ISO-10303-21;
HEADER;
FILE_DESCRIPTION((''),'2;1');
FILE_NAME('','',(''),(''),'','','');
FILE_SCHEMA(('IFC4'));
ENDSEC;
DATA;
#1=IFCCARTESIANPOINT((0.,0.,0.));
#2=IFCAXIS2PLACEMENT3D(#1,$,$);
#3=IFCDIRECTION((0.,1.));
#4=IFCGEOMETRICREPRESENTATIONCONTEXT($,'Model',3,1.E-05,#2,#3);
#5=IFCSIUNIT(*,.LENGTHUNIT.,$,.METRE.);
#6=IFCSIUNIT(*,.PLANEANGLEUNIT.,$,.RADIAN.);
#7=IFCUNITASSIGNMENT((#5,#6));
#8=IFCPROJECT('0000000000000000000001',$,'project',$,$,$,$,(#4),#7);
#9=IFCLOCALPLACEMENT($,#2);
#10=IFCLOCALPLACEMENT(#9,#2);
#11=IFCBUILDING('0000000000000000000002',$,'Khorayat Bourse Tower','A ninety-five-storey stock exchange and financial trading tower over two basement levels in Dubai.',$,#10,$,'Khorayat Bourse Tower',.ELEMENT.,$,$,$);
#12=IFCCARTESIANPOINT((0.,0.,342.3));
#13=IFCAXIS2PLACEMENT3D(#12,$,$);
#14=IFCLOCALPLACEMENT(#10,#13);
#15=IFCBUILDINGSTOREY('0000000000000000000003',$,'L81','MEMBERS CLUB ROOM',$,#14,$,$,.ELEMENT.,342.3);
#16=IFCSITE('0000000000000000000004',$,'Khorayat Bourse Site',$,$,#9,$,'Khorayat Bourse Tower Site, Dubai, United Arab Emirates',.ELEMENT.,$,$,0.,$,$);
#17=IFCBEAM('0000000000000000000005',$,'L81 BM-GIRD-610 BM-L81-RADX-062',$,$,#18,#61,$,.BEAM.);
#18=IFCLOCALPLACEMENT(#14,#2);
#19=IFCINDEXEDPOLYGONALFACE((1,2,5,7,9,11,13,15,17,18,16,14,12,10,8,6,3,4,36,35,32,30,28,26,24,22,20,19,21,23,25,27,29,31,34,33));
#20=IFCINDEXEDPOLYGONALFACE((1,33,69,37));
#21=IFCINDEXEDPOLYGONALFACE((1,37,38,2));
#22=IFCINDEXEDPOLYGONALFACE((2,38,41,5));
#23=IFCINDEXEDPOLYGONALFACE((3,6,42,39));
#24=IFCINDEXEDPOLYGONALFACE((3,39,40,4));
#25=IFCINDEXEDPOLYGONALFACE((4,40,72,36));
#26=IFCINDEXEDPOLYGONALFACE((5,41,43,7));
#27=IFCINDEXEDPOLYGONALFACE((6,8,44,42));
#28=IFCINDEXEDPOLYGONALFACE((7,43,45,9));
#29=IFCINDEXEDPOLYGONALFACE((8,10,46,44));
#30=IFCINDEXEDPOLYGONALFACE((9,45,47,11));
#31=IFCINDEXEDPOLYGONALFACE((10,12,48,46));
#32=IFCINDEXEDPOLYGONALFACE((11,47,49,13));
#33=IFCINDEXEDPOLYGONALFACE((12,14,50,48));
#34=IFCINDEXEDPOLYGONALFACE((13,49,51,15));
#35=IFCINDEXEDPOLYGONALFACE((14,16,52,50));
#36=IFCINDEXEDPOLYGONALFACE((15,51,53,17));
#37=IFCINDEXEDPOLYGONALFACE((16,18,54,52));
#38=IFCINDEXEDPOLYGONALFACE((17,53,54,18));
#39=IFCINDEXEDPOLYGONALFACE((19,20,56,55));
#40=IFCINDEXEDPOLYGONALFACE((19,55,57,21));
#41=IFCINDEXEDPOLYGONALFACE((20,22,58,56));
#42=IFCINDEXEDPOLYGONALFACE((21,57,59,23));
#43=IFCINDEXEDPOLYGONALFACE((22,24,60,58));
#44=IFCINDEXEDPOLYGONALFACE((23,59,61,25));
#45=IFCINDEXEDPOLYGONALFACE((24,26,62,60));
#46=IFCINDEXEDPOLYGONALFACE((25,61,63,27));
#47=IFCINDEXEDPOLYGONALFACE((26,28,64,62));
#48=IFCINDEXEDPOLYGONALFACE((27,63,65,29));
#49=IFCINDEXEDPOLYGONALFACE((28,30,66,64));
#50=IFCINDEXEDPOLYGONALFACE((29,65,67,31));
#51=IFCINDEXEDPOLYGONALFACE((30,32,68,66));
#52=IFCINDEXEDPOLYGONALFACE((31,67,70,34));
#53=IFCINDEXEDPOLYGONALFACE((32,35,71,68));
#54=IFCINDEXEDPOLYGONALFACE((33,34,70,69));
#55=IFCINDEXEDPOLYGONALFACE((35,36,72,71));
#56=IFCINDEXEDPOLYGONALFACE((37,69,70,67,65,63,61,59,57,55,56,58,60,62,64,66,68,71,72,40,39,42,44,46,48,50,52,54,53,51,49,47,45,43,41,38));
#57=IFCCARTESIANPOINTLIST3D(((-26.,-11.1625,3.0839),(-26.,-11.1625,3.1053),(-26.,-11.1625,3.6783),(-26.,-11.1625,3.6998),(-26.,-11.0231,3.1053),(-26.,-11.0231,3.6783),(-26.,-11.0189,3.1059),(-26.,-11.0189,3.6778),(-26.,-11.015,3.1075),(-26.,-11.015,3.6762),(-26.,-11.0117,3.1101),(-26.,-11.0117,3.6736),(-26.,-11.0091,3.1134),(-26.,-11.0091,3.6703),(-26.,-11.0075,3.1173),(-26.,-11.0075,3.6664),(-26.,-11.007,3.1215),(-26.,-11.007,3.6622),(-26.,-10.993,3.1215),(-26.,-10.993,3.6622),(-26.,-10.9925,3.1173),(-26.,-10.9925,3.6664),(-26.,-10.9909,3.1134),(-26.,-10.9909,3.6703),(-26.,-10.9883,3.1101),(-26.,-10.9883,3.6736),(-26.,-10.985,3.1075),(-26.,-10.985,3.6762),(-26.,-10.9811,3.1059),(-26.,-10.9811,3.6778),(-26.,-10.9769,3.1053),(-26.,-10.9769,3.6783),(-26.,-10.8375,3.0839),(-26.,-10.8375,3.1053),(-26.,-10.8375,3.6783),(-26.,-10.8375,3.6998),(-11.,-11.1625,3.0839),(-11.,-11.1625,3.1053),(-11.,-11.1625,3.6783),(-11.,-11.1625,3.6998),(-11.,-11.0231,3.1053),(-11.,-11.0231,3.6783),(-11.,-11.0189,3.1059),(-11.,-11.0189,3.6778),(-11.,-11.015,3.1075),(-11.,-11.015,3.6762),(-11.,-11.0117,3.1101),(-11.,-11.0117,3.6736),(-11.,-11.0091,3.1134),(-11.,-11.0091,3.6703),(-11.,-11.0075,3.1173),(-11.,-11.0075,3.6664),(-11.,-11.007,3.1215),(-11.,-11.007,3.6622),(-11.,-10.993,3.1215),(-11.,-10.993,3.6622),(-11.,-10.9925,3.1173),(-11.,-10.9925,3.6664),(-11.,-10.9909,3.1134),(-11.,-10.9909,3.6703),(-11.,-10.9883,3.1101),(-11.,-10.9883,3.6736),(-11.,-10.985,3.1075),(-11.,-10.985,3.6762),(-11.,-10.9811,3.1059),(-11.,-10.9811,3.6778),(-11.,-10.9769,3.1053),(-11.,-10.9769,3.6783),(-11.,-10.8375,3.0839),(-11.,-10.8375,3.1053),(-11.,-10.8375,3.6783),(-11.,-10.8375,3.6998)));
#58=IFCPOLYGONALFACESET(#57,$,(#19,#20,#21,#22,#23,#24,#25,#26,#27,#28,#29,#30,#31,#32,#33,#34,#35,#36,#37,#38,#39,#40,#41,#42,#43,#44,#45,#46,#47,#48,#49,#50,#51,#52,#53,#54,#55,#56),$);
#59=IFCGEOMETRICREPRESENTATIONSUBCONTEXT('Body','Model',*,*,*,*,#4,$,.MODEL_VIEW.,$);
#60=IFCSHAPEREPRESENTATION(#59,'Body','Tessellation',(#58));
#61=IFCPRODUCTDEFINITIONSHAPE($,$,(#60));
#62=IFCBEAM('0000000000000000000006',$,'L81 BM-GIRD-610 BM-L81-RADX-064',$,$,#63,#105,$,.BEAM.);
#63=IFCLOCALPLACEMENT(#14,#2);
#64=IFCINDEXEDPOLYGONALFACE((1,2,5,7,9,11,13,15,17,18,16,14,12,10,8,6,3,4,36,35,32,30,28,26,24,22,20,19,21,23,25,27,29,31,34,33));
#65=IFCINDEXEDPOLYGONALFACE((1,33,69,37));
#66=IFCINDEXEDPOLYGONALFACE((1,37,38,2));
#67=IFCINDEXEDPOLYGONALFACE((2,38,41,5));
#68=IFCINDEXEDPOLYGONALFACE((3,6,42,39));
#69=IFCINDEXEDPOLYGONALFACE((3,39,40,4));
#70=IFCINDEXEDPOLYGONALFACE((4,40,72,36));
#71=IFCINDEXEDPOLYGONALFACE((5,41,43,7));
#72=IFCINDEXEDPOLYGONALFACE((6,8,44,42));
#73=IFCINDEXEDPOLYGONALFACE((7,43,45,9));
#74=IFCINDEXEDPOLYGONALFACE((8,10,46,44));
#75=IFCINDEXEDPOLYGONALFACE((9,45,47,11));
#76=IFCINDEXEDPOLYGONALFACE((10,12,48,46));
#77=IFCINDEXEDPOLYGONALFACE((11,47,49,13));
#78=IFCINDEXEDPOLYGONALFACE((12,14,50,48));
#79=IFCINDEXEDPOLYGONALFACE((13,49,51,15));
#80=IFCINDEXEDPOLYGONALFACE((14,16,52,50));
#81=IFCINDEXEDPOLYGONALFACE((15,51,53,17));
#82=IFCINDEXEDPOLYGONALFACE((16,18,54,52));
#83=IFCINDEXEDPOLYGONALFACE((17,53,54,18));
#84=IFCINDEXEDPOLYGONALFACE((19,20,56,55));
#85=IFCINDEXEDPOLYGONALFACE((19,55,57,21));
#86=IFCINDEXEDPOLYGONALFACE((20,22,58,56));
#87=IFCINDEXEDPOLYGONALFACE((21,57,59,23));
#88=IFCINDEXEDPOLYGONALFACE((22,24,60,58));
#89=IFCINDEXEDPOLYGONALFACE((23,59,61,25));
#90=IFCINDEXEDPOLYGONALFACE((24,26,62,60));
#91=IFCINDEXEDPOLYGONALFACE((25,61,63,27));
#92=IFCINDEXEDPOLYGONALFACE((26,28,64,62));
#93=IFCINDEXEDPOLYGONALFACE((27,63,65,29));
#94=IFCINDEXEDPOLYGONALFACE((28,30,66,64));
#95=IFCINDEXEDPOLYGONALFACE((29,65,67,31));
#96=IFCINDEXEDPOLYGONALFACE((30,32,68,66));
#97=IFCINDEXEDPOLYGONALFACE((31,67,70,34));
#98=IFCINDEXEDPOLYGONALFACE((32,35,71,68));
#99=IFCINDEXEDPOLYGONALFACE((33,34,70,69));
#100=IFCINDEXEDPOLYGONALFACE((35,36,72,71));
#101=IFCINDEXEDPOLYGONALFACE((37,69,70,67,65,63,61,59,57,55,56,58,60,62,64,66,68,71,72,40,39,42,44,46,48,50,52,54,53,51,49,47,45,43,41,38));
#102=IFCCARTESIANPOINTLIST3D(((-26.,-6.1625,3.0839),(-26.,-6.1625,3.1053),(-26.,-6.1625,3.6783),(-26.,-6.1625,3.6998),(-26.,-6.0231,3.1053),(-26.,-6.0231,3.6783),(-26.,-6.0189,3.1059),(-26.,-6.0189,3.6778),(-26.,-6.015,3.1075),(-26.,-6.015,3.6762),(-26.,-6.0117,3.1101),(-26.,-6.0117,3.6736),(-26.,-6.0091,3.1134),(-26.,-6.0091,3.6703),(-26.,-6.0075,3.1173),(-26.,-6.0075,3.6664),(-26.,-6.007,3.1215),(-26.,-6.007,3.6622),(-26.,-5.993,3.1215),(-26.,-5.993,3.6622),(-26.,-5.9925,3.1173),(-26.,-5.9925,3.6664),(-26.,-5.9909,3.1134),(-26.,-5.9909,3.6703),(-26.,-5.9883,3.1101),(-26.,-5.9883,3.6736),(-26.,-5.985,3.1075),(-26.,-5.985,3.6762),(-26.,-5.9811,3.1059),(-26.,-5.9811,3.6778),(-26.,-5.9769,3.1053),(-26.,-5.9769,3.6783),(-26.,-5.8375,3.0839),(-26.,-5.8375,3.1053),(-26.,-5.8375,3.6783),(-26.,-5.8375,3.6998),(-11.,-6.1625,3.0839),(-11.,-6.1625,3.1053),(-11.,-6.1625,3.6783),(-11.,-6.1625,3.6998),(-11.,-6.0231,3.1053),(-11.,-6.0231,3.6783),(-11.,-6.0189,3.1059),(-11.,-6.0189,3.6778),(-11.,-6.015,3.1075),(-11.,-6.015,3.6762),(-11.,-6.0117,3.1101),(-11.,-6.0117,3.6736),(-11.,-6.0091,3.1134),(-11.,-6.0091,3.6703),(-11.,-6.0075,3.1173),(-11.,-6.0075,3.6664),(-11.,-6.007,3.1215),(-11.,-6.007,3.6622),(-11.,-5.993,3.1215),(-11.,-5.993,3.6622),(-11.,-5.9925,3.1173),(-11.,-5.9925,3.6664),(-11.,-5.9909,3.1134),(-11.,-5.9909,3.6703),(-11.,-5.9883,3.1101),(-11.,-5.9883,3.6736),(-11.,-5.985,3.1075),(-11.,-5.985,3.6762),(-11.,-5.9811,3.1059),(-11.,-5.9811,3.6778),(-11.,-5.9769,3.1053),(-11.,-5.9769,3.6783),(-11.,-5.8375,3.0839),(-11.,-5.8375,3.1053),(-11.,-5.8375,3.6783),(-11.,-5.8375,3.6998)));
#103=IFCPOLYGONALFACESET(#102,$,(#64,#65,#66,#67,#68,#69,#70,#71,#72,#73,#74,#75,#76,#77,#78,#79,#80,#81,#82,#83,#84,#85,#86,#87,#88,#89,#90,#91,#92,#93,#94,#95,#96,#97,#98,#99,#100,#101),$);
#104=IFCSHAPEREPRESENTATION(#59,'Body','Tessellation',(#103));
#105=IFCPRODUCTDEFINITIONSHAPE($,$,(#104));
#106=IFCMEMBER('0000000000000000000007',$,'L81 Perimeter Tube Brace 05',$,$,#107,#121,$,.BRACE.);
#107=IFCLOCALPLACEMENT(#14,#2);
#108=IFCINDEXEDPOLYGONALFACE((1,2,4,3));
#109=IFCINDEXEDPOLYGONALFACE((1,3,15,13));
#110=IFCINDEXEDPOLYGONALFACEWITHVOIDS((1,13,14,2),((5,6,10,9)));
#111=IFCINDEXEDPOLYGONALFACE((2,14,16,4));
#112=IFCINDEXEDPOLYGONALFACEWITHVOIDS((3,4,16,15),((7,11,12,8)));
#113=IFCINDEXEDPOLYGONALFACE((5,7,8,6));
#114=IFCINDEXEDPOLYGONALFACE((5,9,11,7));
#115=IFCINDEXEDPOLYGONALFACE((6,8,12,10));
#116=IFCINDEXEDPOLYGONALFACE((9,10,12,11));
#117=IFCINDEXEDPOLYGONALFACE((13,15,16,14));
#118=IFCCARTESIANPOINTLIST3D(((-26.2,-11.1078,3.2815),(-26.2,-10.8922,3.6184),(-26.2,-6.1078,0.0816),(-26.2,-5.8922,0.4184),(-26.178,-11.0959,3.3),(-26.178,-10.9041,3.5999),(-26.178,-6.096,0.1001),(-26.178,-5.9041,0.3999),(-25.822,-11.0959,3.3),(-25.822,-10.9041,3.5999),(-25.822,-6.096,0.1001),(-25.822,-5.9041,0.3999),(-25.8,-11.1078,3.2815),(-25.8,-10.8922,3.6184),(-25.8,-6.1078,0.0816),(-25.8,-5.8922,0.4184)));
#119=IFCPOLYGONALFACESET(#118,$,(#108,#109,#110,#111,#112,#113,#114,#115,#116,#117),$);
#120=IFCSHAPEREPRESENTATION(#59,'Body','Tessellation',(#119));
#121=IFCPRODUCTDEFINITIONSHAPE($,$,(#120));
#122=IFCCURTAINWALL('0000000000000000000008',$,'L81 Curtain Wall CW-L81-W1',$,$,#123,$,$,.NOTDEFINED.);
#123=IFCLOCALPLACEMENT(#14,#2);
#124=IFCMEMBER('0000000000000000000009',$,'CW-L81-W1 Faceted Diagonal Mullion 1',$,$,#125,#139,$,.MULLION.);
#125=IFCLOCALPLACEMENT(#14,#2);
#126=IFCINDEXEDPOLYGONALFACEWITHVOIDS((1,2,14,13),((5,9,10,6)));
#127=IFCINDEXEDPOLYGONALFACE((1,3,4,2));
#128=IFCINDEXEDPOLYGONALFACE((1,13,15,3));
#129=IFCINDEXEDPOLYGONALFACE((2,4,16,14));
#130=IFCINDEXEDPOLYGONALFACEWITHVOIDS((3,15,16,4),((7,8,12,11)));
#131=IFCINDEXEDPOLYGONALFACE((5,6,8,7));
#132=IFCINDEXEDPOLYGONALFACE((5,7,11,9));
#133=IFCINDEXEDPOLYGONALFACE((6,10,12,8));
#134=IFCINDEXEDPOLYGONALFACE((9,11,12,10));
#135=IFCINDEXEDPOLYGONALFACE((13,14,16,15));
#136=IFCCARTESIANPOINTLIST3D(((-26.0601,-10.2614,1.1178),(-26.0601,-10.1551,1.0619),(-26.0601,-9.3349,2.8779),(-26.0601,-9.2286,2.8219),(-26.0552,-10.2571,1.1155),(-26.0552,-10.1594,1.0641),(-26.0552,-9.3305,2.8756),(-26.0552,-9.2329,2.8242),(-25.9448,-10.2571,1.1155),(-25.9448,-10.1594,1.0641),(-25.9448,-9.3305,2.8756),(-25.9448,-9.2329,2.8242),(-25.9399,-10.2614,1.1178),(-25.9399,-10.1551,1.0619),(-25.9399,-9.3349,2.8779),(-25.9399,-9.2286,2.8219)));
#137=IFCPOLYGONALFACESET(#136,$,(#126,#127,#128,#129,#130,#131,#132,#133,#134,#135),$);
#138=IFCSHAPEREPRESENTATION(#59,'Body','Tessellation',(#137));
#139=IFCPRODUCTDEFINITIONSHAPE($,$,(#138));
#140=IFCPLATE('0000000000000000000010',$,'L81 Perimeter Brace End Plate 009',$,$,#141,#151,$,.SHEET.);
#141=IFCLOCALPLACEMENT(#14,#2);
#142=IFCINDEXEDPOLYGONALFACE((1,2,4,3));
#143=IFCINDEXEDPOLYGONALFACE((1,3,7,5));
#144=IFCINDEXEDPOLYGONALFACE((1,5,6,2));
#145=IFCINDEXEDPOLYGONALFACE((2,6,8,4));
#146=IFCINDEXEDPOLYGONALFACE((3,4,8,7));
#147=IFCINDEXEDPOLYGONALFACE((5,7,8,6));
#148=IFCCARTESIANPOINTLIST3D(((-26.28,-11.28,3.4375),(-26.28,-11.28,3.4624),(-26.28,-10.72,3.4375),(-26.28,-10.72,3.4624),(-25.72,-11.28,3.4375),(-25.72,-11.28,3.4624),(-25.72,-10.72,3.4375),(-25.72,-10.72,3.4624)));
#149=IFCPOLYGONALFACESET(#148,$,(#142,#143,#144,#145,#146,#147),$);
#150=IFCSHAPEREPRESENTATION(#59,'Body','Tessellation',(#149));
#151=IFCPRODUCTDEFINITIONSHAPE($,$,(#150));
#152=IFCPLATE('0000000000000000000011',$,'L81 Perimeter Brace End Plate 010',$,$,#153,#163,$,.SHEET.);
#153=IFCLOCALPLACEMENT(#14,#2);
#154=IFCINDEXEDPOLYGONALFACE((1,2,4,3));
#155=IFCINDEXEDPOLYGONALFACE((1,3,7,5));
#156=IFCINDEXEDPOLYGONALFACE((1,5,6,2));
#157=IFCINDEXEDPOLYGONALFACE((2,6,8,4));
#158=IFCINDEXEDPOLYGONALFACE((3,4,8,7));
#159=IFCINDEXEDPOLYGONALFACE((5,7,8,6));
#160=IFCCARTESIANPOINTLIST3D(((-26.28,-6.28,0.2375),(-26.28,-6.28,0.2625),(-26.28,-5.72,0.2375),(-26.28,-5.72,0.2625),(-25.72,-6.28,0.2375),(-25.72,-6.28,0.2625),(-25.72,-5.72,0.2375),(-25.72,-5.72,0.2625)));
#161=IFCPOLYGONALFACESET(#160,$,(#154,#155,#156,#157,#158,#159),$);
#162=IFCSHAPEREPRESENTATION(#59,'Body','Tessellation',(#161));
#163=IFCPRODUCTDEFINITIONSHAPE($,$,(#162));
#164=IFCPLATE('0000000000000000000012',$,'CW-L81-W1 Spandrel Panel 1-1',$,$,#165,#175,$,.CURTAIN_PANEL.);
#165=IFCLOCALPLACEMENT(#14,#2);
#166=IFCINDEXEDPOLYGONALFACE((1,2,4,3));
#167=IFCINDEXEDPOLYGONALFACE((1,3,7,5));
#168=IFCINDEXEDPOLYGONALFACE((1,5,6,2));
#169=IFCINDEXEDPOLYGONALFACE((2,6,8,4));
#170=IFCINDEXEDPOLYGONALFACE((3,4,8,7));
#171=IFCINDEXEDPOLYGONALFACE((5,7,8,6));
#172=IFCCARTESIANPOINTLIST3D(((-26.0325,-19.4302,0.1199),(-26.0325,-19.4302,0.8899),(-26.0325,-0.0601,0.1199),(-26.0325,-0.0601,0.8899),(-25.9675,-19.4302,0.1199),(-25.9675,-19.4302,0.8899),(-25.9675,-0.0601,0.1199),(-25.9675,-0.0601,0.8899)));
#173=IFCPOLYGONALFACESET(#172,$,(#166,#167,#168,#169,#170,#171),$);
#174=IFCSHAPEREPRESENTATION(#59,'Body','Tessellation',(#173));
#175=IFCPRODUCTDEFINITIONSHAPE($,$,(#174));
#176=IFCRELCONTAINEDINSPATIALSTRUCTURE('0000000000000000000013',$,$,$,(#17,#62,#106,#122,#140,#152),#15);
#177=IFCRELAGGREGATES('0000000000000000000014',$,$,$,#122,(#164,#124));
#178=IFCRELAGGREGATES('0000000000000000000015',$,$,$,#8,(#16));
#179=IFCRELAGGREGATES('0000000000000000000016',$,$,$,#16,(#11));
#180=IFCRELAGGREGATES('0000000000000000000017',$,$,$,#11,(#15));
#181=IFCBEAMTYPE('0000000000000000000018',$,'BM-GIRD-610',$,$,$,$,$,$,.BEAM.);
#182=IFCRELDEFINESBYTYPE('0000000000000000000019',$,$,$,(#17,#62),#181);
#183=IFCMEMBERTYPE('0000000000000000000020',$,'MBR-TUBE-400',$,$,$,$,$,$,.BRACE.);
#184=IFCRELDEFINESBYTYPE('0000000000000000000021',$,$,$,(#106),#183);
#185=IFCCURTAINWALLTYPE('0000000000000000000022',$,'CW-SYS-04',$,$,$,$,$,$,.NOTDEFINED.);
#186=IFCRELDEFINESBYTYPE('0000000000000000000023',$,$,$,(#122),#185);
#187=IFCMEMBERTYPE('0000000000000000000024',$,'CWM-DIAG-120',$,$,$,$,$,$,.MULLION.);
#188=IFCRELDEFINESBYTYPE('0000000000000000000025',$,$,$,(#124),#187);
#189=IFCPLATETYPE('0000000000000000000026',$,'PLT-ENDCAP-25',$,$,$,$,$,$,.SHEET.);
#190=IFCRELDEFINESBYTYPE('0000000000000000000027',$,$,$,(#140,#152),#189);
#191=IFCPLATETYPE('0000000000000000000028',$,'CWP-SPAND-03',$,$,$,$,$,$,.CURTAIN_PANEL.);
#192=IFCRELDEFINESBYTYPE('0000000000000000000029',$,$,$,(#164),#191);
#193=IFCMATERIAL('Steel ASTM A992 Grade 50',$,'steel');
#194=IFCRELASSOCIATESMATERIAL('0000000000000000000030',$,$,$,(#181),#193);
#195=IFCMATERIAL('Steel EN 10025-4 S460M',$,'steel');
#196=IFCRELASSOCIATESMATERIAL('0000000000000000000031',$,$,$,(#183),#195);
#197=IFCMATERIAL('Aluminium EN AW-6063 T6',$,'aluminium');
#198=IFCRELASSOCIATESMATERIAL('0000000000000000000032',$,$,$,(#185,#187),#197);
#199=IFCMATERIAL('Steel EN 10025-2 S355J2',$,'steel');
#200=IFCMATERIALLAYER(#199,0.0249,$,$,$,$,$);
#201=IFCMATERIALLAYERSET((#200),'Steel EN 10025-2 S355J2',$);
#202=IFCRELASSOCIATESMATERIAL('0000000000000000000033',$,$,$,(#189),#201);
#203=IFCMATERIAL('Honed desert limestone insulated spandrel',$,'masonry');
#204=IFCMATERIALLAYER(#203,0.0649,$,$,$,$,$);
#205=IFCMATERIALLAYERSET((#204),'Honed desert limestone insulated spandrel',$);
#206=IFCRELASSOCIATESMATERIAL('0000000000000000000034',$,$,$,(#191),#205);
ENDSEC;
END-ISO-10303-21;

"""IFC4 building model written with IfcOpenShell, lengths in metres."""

from ifc_helpers import new_model, si_unit, direction, frame, origin, origin_2d, place, context, subcontext, project, spatial, rectangle, hollow_rectangle, i_section, extrude, source, transform, mapped, material, layer, layer_set, material_profile, profile_set, type_object, element, aggregate, save


model = new_model("IFC4")

# Units and contexts
model_context = context("Model", 3, precision=1e-05, world=origin(), true_north=direction((0.0, 1.0)))
body_context = subcontext(model_context, "Body", "Model", "MODEL_VIEW")
ifc_project = project(units=[si_unit("LENGTHUNIT", "METRE"), si_unit("PLANEANGLEUNIT", "RADIAN")], contexts=[model_context])

# Site, building, storey
site_placement = place(None, origin())
site = spatial("IfcSite", under=ifc_project, at=site_placement, Name="Khorayat Bourse Site", LongName="Khorayat Bourse Tower Site, Dubai, United Arab Emirates", CompositionType="ELEMENT", RefElevation=0.0)
building_placement = place(site_placement, origin())
building = spatial("IfcBuilding", under=site, at=building_placement, Name="Khorayat Bourse Tower", Description="A ninety-five-storey stock exchange and financial trading tower over two basement levels in Dubai.", LongName="Khorayat Bourse Tower", CompositionType="ELEMENT")
storey_placement = place(building_placement, frame((0.0, 0.0, 342.3)))
storey = spatial("IfcBuildingStorey", under=building, at=storey_placement, Name="L81", Description="MEMBERS CLUB ROOM", CompositionType="ELEMENT", Elevation=342.3)

# Shared definitions
ifc_material_1 = material(Name="Steel EN 10025-2 S355J2", Category="steel")

# Beams
ifc_material_2 = material(Name="Steel ASTM A992 Grade 50", Category="steel")
ifc_material_profile_1 = material_profile(ifc_material_2, i_section(OverallWidth=0.325, OverallDepth=0.616, WebThickness=0.0139, FlangeThickness=0.0215, FilletRadius=0.0161, at=origin_2d()), Name="W610X174")
ifc_profile_set_1 = profile_set([ifc_material_profile_1], Name="Steel ASTM A992 Grade 50")
beam_type_1 = type_object("IfcBeamType", Name="BM-GIRD-610", PredefinedType="BEAM", material=ifc_profile_set_1)
shared_shape_1 = source(origin(), body_context, "Body", "SweptSolid", [
    extrude(i_section(OverallWidth=0.325, OverallDepth=0.616, WebThickness=0.0139, FlangeThickness=0.0215, FilletRadius=0.0161, at=origin_2d()), origin(), (0.0, 0.0, 1.0), 15.0),
])
for number, where, z_axis, x_axis, name in (
    (1, (-26.0, -11.0, 3.3918), (1.0, 0.0, 0.0), (0.0, 1.0, 0.0), "L81 BM-GIRD-610 BM-L81-RADX-062"),
    (2, (-26.0, -6.0, 3.3918), (1.0, 0.0, 0.0), (0.0, 1.0, 0.0), "L81 BM-GIRD-610 BM-L81-RADX-064"),
):
    element("IfcBeam", number, at=place(storey_placement, frame(where, z_axis=z_axis, x_axis=x_axis)), inside=storey, type_object=beam_type_1, Name=name, PredefinedType="BEAM", context=body_context, shape_type="MappedRepresentation", body=[
        mapped(shared_shape_1, transform((0.0, 0.0, 0.0), scale=1.0)),
    ])

# Member
ifc_material_3 = material(Name="Steel EN 10025-4 S460M", Category="steel")
ifc_material_profile_2 = material_profile(ifc_material_3, hollow_rectangle(XDim=0.3999, YDim=0.3999, WallThickness=0.022, at=origin_2d()), Name="HSS 400x400x22")
ifc_profile_set_2 = profile_set([ifc_material_profile_2], Name="Steel EN 10025-4 S460M")
member_type_1 = type_object("IfcMemberType", Name="MBR-TUBE-400", PredefinedType="BRACE", material=ifc_profile_set_2)
shared_shape_2 = source(origin(), body_context, "Body", "SweptSolid", [
    extrude(hollow_rectangle(XDim=0.3999, YDim=0.3999, WallThickness=0.022, at=origin_2d()), origin(), (0.0, 0.0, 1.0), 5.9363),
])
member_1_placement = place(storey_placement, frame((-26.0, -11.0, 3.45), z_axis=(0.0, 0.842275, -0.539048), x_axis=(-1.0, 0.0, 0.0)))
element("IfcMember", 3, at=member_1_placement, inside=storey, type_object=member_type_1, Name="L81 Perimeter Tube Brace 05", PredefinedType="BRACE", context=body_context, shape_type="MappedRepresentation", body=[
    mapped(shared_shape_2, transform((0.0, 0.0, 0.0), scale=1.0)),
])

# Curtain wall, member
ifc_material_4 = material(Name="Aluminium EN AW-6063 T6", Category="aluminium")
curtain_wall_type = type_object("IfcCurtainWallType", Name="CW-SYS-04", PredefinedType="NOTDEFINED", material=ifc_material_4)
curtain_wall_placement = place(storey_placement, origin())
curtain_wall = element("IfcCurtainWall", 4, at=curtain_wall_placement, inside=storey, type_object=curtain_wall_type, Name="L81 Curtain Wall CW-L81-W1", PredefinedType="NOTDEFINED")
ifc_material_profile_3 = material_profile(ifc_material_4, hollow_rectangle(XDim=0.1201, YDim=0.1201, WallThickness=0.0049, at=origin_2d()), Name="ALU 120x120x5")
ifc_profile_set_3 = profile_set([ifc_material_profile_3], Name="Aluminium EN AW-6063 T6")
member_type_2 = type_object("IfcMemberType", Name="CWM-DIAG-120", PredefinedType="MULLION", material=ifc_profile_set_3)
shared_shape_3 = source(origin(), body_context, "Body", "SweptSolid", [
    extrude(hollow_rectangle(XDim=0.1201, YDim=0.1201, WallThickness=0.0049, at=origin_2d()), origin(), (0.0, 0.0, 1.0), 1.989),
])
member_2_placement = place(storey_placement, frame((-26.0, -10.2083, 1.0898), z_axis=(0.0, 0.465822, 0.884878), x_axis=(-1.0, 0.0, 0.0)))
member_2 = element("IfcMember", 5, at=member_2_placement, type_object=member_type_2, Name="CW-L81-W1 Faceted Diagonal Mullion 1", PredefinedType="MULLION", context=body_context, shape_type="MappedRepresentation", body=[
    mapped(shared_shape_3, transform((0.0, 0.0, 0.0), scale=1.0)),
])

# Plates
ifc_layer_1 = layer(ifc_material_1, 0.0249)
ifc_layer_set_1 = layer_set([ifc_layer_1], Name="Steel EN 10025-2 S355J2")
plate_type_1 = type_object("IfcPlateType", Name="PLT-ENDCAP-25", PredefinedType="SHEET", material=ifc_layer_set_1)
shared_shape_4 = source(origin(), body_context, "Body", "SweptSolid", [
    extrude(rectangle(XDim=0.5601, YDim=0.5601, at=origin_2d()), origin(), (0.0, 0.0, 1.0), 0.0249),
])
for number, where, z_axis, x_axis, name in (
    (6, (-26.0, -11.0, 3.4375), (0.0, 0.0, 1.0), (1.0, 0.0, 0.0), "L81 Perimeter Brace End Plate 009"),
    (7, (-26.0, -6.0, 0.2375), (0.0, 0.0, 1.0), (1.0, 0.0, 0.0), "L81 Perimeter Brace End Plate 010"),
):
    element("IfcPlate", number, at=place(storey_placement, frame(where, z_axis=z_axis, x_axis=x_axis)), inside=storey, type_object=plate_type_1, Name=name, PredefinedType="SHEET", context=body_context, shape_type="MappedRepresentation", body=[
        mapped(shared_shape_4, transform((0.0, 0.0, 0.0), scale=1.0)),
    ])

# Plate
ifc_material_5 = material(Name="Honed desert limestone insulated spandrel", Category="masonry")
ifc_layer_2 = layer(ifc_material_5, 0.0649)
ifc_layer_set_2 = layer_set([ifc_layer_2], Name="Honed desert limestone insulated spandrel")
plate_type_2 = type_object("IfcPlateType", Name="CWP-SPAND-03", PredefinedType="CURTAIN_PANEL", material=ifc_layer_set_2)
shared_shape_5 = source(origin(), body_context, "Body", "SweptSolid", [
    extrude(rectangle(XDim=19.3701, YDim=0.0649, at=origin_2d()), origin(), (0.0, 0.0, 1.0), 0.77),
])
plate_1_placement = place(storey_placement, frame((-26.0, -9.7451, 0.1199), z_axis=(0.0, 0.0, 1.0), x_axis=(0.0, 1.0, 0.0)))
plate_1 = element("IfcPlate", 8, at=plate_1_placement, type_object=plate_type_2, Name="CW-L81-W1 Spandrel Panel 1-1", PredefinedType="CURTAIN_PANEL", context=body_context, shape_type="MappedRepresentation", body=[
    mapped(shared_shape_5, transform((0.0, 0.0, 0.0), scale=1.0)),
])
aggregate(curtain_wall, [plate_1, member_2])

save(model, "model.ifc")
